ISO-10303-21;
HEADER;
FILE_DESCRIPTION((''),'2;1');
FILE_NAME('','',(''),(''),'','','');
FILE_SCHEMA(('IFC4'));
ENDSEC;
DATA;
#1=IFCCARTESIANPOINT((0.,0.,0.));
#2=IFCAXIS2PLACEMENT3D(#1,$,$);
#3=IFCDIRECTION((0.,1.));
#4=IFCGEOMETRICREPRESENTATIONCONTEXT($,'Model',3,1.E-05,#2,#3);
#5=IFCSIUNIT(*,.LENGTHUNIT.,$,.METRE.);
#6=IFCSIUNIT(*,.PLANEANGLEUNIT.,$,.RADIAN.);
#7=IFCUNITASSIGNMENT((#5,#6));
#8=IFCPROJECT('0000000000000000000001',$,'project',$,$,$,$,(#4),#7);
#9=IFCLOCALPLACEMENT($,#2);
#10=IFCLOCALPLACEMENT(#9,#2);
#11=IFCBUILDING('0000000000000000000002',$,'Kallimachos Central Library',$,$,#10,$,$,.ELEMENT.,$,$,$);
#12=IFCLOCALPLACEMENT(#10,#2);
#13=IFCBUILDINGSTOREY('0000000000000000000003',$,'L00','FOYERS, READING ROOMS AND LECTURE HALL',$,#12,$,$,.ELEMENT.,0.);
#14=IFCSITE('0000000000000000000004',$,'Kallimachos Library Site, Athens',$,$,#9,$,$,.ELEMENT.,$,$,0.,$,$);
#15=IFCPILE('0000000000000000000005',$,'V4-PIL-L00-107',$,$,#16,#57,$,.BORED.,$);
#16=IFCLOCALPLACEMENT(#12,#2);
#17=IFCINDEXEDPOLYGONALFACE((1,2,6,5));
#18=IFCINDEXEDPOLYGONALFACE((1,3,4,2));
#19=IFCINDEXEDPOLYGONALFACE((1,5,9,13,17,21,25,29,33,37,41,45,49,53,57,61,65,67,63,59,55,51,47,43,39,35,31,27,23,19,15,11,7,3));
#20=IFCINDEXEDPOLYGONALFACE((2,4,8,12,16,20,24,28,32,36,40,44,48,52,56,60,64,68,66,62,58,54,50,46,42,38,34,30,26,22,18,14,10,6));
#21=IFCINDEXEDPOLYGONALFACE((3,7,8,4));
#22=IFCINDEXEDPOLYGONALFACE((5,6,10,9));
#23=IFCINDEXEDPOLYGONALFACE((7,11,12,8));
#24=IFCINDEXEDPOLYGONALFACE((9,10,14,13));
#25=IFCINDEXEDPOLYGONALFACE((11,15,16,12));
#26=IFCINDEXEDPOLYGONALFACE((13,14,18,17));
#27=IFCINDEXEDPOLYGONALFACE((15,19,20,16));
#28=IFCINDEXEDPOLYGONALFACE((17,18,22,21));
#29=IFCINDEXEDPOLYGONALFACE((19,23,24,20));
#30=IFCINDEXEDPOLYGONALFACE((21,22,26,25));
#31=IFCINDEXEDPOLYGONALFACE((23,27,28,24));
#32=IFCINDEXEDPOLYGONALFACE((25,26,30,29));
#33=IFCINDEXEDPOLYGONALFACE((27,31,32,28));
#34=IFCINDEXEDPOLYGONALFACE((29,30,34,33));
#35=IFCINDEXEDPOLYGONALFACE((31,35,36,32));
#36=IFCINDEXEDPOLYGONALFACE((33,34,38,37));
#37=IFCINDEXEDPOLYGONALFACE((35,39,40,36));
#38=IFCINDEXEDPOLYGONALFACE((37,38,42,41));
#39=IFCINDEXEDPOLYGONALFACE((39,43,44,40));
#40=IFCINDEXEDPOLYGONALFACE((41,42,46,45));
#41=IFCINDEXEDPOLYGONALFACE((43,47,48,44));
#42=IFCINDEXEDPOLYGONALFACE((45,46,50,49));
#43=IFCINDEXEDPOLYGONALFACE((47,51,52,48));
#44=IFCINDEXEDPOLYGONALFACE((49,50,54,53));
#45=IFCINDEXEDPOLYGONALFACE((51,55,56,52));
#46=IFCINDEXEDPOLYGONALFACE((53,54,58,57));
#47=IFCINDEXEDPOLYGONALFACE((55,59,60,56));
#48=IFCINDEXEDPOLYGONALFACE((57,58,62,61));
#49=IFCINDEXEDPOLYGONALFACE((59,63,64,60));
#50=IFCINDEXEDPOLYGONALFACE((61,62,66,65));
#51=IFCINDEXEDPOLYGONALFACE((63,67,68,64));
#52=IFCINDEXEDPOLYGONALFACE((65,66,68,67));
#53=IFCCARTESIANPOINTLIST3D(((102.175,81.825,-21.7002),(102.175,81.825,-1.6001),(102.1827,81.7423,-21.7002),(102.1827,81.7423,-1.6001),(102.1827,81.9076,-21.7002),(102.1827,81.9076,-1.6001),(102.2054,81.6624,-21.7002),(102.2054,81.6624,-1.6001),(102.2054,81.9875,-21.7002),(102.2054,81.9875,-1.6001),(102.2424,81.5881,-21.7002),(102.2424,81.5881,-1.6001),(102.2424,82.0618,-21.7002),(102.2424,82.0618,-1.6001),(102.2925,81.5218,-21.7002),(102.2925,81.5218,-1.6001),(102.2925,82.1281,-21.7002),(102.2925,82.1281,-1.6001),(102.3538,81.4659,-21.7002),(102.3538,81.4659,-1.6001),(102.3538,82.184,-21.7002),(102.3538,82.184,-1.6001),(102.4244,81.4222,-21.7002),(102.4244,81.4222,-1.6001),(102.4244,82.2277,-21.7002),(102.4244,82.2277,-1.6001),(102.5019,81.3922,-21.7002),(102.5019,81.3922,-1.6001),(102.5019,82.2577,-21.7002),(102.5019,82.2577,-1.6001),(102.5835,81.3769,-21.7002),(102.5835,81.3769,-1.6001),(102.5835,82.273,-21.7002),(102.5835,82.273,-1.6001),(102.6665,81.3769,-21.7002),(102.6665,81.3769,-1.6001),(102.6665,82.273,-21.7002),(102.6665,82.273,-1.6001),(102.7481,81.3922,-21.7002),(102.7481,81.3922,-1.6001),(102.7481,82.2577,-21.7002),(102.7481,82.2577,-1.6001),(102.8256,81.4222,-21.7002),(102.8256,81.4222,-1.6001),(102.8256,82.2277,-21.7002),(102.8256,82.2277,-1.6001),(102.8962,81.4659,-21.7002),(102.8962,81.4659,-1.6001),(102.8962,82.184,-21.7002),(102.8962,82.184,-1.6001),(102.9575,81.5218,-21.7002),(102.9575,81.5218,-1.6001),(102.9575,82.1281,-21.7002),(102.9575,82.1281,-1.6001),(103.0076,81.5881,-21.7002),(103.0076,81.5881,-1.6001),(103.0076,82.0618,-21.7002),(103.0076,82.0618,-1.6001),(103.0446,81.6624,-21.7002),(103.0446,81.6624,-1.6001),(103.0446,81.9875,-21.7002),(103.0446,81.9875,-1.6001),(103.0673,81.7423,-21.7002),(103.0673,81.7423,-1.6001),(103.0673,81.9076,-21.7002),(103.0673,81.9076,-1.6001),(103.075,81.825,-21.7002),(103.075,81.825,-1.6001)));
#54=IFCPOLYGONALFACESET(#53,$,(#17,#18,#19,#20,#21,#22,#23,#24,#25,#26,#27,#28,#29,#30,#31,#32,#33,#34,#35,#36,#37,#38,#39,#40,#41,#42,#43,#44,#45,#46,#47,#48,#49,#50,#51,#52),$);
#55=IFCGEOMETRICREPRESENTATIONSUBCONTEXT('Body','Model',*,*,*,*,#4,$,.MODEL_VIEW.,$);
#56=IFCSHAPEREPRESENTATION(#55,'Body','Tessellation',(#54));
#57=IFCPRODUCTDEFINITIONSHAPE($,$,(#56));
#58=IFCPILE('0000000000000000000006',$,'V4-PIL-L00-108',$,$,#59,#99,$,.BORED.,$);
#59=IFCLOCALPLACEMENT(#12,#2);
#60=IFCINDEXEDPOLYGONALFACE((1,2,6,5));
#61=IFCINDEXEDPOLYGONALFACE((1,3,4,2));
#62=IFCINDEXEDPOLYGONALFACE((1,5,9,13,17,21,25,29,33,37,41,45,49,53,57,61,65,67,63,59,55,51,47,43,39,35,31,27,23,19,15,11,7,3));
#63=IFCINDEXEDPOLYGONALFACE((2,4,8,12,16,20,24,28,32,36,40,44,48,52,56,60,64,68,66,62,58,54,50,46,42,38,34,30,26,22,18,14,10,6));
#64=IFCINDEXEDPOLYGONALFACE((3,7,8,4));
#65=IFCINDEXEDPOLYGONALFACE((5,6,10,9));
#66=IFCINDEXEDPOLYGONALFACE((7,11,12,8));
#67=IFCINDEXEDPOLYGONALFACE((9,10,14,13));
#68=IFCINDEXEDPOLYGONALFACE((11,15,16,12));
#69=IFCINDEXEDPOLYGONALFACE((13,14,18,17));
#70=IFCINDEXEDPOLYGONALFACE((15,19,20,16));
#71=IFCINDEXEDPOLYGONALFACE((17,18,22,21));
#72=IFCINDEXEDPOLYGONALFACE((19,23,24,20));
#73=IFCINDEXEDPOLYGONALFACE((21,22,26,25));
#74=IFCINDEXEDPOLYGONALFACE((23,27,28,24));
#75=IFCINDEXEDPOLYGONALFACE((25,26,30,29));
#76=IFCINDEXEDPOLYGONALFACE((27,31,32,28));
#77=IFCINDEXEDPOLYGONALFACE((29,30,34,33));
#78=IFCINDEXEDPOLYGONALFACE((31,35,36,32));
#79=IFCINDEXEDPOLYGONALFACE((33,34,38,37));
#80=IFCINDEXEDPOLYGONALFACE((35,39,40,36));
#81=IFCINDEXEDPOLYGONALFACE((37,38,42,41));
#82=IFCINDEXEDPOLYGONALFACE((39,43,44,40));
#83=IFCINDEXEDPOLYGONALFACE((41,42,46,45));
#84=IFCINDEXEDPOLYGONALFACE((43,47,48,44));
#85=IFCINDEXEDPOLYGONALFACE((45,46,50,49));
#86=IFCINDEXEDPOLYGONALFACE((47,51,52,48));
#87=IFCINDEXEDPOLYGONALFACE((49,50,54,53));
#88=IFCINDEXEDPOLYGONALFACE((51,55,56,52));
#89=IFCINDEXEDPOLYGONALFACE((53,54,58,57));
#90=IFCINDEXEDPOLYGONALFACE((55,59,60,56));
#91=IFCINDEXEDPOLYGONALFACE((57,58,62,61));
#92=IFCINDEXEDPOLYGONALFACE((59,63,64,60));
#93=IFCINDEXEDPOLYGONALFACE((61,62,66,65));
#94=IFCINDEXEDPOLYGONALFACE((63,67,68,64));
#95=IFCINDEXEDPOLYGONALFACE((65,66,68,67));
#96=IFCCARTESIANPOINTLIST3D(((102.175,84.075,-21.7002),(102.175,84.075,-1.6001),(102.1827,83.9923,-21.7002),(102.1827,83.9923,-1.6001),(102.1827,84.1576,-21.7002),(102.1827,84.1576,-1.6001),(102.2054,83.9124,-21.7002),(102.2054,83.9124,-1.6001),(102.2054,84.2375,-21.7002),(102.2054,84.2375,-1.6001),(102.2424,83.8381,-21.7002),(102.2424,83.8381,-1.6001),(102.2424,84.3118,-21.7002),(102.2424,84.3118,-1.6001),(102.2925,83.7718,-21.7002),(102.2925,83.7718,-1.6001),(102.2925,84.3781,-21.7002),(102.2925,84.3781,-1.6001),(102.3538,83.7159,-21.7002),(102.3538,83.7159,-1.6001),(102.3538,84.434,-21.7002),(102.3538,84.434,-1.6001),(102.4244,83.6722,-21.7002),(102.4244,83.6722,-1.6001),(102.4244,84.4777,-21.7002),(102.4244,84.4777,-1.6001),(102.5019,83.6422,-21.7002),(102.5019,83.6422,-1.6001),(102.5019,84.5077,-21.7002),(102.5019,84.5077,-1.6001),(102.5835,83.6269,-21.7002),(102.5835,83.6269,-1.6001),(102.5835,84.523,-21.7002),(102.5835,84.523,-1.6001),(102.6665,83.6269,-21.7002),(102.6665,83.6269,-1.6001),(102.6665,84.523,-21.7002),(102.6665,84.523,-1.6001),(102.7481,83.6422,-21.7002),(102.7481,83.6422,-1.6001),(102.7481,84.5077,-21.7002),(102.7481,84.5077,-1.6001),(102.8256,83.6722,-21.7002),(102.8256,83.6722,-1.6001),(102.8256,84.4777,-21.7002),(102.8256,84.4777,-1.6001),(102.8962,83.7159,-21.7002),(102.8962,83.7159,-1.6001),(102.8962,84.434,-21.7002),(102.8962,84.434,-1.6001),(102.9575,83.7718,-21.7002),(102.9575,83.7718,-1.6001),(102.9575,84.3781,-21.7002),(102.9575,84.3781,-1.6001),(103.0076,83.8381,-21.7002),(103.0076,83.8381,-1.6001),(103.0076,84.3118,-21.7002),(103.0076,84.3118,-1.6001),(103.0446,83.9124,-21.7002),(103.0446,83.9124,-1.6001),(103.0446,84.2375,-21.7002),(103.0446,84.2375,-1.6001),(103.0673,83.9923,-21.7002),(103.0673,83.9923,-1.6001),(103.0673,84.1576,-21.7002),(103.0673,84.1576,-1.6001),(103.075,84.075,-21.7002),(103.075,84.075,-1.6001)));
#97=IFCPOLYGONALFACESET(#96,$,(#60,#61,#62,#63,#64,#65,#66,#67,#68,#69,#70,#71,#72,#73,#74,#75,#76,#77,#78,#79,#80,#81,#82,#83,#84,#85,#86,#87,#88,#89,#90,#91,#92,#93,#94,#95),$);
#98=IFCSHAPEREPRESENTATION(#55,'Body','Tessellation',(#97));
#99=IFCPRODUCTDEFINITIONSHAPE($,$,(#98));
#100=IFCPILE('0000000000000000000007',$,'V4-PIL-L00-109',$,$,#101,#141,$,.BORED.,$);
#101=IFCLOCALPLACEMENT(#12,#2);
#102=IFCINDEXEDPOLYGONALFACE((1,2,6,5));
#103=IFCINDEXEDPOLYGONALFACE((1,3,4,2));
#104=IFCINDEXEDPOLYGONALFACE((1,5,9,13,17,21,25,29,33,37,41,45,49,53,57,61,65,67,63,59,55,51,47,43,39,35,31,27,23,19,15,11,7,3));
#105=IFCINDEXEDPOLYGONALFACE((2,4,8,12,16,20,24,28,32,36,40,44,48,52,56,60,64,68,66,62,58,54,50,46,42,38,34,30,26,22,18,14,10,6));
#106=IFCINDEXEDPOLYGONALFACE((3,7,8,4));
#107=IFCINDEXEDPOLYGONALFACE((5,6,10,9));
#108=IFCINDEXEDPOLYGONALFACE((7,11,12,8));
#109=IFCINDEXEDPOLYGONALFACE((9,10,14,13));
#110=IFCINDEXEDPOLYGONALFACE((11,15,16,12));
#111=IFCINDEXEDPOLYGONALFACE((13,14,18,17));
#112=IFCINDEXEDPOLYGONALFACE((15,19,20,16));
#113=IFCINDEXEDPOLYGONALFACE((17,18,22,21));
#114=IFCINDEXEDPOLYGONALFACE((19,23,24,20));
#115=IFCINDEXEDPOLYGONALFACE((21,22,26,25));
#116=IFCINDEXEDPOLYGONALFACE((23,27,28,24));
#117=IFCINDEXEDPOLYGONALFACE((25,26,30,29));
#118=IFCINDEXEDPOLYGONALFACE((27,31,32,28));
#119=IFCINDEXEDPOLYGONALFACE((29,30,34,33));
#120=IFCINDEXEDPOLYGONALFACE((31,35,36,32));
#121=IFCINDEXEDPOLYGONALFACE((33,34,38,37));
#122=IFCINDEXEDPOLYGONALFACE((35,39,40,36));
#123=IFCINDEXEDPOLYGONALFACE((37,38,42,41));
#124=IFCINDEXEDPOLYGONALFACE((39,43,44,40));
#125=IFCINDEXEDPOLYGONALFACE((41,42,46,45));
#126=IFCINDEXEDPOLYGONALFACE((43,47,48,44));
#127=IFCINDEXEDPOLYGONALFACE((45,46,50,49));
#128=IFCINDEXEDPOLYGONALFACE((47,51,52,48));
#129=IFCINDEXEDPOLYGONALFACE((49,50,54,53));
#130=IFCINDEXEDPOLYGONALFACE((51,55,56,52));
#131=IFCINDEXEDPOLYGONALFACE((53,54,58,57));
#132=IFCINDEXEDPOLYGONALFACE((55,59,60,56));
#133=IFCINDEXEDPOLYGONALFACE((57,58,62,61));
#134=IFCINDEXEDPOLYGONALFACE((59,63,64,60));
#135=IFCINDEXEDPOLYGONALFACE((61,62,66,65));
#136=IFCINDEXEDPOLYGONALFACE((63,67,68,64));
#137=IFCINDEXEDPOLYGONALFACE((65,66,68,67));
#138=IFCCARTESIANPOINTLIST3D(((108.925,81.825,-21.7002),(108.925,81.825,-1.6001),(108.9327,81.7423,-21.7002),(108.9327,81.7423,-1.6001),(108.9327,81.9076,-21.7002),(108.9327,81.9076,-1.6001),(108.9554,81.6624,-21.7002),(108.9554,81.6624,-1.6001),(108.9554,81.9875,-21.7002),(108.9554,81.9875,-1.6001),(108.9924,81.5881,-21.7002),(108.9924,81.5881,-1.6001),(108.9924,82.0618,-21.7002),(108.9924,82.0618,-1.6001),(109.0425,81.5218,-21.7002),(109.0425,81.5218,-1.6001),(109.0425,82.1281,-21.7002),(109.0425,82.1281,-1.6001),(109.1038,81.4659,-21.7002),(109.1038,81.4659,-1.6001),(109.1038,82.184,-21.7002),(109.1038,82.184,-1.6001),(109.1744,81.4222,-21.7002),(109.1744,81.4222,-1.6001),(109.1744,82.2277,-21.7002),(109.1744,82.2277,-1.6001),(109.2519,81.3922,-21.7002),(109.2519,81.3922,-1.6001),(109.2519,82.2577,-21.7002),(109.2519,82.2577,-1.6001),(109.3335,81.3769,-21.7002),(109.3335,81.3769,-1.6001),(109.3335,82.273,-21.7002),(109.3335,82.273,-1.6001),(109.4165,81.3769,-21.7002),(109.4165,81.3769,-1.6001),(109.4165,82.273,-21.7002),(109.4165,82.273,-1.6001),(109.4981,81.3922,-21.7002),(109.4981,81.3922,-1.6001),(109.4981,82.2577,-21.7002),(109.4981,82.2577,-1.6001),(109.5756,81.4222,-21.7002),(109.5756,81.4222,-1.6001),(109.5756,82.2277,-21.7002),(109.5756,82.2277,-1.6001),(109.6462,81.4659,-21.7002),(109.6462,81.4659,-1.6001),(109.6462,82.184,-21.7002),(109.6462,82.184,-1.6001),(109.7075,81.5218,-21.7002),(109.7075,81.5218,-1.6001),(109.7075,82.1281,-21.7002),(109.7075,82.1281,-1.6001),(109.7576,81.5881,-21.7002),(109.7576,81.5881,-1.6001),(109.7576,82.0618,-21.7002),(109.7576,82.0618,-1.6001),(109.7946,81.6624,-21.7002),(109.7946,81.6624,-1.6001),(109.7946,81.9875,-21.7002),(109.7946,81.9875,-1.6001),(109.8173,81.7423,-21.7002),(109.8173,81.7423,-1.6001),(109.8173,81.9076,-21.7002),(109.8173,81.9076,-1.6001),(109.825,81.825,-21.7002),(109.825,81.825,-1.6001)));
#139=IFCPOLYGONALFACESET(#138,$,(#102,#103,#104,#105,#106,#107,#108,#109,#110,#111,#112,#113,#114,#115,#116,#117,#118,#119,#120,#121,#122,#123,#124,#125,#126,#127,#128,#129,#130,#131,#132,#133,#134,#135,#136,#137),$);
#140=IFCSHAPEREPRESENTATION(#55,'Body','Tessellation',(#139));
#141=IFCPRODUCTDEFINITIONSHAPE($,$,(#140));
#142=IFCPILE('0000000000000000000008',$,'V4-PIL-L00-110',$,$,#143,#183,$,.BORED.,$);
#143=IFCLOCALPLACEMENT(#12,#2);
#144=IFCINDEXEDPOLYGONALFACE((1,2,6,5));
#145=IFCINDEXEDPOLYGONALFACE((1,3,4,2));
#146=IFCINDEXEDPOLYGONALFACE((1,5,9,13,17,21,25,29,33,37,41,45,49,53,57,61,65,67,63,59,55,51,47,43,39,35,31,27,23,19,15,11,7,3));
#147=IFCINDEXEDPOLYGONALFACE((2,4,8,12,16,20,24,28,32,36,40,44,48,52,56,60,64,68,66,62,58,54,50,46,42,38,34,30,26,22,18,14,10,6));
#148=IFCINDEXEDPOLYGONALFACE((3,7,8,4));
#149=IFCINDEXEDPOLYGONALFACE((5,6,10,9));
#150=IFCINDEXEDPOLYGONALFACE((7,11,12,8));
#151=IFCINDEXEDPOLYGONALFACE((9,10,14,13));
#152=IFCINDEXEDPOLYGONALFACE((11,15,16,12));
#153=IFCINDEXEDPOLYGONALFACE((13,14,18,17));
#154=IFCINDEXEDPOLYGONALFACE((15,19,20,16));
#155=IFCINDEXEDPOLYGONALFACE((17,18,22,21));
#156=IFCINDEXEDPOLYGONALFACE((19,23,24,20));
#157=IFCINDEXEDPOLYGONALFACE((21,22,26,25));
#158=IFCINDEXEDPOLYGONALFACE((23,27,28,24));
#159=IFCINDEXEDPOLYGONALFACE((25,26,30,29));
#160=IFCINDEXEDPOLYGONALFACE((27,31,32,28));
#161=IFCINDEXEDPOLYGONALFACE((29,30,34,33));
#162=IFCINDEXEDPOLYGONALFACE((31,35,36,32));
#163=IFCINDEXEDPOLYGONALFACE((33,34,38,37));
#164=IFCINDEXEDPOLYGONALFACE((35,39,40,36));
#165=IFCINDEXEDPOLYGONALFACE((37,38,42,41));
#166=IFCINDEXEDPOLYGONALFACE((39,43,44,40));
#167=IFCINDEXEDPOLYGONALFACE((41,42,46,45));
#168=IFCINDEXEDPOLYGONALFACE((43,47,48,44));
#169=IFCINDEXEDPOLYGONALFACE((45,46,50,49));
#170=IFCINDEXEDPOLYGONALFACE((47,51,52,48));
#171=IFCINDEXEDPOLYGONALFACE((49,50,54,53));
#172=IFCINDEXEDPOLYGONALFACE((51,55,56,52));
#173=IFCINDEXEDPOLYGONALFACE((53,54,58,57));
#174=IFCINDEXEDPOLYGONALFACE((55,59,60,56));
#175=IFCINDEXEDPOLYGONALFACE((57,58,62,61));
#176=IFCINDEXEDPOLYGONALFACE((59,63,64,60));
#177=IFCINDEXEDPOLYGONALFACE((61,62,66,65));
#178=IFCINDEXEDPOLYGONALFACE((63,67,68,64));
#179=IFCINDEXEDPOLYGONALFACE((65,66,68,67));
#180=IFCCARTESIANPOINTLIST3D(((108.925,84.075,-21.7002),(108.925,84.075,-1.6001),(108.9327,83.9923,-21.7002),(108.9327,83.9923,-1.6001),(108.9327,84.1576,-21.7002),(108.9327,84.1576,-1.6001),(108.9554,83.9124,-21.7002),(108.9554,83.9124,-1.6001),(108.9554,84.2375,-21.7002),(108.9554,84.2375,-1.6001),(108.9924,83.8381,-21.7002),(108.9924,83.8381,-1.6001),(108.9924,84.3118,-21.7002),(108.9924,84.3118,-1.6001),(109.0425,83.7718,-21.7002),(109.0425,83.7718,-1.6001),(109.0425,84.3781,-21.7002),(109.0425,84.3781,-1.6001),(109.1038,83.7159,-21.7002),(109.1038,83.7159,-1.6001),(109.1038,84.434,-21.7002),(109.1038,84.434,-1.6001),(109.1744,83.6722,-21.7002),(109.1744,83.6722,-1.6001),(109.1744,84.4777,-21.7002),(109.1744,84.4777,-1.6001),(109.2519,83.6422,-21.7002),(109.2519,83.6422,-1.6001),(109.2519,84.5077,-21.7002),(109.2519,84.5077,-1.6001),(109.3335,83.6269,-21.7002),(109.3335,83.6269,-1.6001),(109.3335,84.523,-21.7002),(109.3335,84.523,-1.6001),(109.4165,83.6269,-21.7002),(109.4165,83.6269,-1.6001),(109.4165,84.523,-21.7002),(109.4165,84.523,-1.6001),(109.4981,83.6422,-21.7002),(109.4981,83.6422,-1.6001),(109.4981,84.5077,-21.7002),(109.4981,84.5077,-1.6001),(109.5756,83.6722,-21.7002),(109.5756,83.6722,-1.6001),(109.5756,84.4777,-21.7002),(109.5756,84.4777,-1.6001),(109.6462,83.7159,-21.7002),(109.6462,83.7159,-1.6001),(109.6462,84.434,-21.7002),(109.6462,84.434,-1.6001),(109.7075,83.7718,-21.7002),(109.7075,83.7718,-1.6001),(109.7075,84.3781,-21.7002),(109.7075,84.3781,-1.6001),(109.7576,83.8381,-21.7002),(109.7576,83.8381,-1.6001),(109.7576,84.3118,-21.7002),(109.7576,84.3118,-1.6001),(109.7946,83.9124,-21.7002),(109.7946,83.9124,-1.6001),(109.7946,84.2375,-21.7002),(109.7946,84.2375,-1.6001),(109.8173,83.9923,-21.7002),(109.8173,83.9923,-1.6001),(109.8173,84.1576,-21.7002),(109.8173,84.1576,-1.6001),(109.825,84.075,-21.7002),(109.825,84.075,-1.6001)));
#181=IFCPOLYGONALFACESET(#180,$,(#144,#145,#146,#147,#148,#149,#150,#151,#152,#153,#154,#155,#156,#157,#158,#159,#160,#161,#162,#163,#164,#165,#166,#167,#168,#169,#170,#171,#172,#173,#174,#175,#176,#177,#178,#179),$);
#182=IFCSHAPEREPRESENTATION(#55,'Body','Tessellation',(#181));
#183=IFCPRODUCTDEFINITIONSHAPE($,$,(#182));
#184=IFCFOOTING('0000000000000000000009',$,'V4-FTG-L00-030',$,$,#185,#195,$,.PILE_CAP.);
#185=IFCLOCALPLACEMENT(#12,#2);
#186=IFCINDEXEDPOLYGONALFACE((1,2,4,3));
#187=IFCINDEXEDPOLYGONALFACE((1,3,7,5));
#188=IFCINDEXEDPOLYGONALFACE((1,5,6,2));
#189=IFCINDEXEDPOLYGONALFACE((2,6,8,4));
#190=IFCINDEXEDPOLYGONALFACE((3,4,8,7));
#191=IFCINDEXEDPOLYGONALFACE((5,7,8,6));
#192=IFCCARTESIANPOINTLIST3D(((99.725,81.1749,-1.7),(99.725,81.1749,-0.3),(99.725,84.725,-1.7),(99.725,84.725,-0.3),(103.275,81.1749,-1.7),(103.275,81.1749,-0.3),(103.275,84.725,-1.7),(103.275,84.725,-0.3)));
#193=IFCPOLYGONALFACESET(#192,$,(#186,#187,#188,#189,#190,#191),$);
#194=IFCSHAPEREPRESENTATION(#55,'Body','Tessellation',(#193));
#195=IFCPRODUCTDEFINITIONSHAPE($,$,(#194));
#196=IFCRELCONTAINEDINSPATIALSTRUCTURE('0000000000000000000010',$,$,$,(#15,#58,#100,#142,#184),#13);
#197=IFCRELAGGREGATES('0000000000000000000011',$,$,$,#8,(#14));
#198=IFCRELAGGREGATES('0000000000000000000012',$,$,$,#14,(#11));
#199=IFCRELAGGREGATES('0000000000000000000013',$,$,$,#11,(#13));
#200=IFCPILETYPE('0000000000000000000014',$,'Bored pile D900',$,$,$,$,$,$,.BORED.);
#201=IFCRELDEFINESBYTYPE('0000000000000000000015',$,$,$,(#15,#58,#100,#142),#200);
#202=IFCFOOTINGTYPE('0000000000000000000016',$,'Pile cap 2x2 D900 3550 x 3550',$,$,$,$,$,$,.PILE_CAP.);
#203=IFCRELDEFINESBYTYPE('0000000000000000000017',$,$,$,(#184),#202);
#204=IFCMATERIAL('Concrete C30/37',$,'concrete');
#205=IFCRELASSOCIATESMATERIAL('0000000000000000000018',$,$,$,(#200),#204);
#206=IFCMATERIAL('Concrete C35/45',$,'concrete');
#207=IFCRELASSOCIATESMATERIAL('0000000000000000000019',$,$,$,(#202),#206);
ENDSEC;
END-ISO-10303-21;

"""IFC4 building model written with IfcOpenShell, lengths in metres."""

from ifc_helpers import new_model, si_unit, direction, frame, origin, origin_2d, place, context, subcontext, project, spatial, rectangle, circle, extrude, material, type_object, element, save


model = new_model("IFC4")

# Units and contexts
model_context = context("Model", 3, precision=1e-05, world=origin(), true_north=direction((0.0, 1.0)))
body_context = subcontext(model_context, "Body", "Model", "MODEL_VIEW")
ifc_project = project(units=[si_unit("LENGTHUNIT", "METRE"), si_unit("PLANEANGLEUNIT", "RADIAN")], contexts=[model_context])

# Site, building, storey
site_placement = place(None, origin())
site = spatial("IfcSite", under=ifc_project, at=site_placement, Name="Kallimachos Library Site, Athens", CompositionType="ELEMENT", RefElevation=0.0)
building_placement = place(site_placement, origin())
building = spatial("IfcBuilding", under=site, at=building_placement, Name="Kallimachos Central Library", CompositionType="ELEMENT")
storey_placement = place(building_placement, origin())
storey = spatial("IfcBuildingStorey", under=building, at=storey_placement, Name="L00", Description="FOYERS, READING ROOMS AND LECTURE HALL", CompositionType="ELEMENT", Elevation=0.0)

# Piles
ifc_material_1 = material(Name="Concrete C30/37", Category="concrete")
pile_type = type_object("IfcPileType", Name="Bored pile D900", PredefinedType="BORED", material=ifc_material_1)
for number, where, z_axis, x_axis, name in (
    (1, (102.625, 81.825, -1.6001), (0.0, 0.0, -1.0), (1.0, 0.0, 0.0), "V4-PIL-L00-107"),
    (2, (102.625, 84.075, -1.6001), (0.0, 0.0, -1.0), (1.0, 0.0, 0.0), "V4-PIL-L00-108"),
    (3, (109.375, 81.825, -1.6001), (0.0, 0.0, -1.0), (1.0, 0.0, 0.0), "V4-PIL-L00-109"),
    (4, (109.375, 84.075, -1.6001), (0.0, 0.0, -1.0), (1.0, 0.0, 0.0), "V4-PIL-L00-110"),
):
    element("IfcPile", number, at=place(storey_placement, frame(where, z_axis=z_axis, x_axis=x_axis)), inside=storey, type_object=pile_type, Name=name, PredefinedType="BORED", context=body_context, shape_type="SweptSolid", body=[
        extrude(circle(Radius=0.45, at=origin_2d()), origin(), (0.0, 0.0, 1.0), 20.1001),
    ])

# Footing
ifc_material_2 = material(Name="Concrete C35/45", Category="concrete")
footing_type = type_object("IfcFootingType", Name="Pile cap 2x2 D900 3550 x 3550", PredefinedType="PILE_CAP", material=ifc_material_2)
footing_placement = place(storey_placement, frame((101.5, 82.95, -1.7), z_axis=(0.0, 0.0, 1.0), x_axis=(1.0, 0.0, 0.0)))
element("IfcFooting", 5, at=footing_placement, inside=storey, type_object=footing_type, Name="V4-FTG-L00-030", PredefinedType="PILE_CAP", context=body_context, shape_type="SweptSolid", body=[
    extrude(rectangle(XDim=3.55, YDim=3.55, at=origin_2d()), origin(), (0.0, 0.0, 1.0), 1.3999),
])

save(model, "model.ifc")
